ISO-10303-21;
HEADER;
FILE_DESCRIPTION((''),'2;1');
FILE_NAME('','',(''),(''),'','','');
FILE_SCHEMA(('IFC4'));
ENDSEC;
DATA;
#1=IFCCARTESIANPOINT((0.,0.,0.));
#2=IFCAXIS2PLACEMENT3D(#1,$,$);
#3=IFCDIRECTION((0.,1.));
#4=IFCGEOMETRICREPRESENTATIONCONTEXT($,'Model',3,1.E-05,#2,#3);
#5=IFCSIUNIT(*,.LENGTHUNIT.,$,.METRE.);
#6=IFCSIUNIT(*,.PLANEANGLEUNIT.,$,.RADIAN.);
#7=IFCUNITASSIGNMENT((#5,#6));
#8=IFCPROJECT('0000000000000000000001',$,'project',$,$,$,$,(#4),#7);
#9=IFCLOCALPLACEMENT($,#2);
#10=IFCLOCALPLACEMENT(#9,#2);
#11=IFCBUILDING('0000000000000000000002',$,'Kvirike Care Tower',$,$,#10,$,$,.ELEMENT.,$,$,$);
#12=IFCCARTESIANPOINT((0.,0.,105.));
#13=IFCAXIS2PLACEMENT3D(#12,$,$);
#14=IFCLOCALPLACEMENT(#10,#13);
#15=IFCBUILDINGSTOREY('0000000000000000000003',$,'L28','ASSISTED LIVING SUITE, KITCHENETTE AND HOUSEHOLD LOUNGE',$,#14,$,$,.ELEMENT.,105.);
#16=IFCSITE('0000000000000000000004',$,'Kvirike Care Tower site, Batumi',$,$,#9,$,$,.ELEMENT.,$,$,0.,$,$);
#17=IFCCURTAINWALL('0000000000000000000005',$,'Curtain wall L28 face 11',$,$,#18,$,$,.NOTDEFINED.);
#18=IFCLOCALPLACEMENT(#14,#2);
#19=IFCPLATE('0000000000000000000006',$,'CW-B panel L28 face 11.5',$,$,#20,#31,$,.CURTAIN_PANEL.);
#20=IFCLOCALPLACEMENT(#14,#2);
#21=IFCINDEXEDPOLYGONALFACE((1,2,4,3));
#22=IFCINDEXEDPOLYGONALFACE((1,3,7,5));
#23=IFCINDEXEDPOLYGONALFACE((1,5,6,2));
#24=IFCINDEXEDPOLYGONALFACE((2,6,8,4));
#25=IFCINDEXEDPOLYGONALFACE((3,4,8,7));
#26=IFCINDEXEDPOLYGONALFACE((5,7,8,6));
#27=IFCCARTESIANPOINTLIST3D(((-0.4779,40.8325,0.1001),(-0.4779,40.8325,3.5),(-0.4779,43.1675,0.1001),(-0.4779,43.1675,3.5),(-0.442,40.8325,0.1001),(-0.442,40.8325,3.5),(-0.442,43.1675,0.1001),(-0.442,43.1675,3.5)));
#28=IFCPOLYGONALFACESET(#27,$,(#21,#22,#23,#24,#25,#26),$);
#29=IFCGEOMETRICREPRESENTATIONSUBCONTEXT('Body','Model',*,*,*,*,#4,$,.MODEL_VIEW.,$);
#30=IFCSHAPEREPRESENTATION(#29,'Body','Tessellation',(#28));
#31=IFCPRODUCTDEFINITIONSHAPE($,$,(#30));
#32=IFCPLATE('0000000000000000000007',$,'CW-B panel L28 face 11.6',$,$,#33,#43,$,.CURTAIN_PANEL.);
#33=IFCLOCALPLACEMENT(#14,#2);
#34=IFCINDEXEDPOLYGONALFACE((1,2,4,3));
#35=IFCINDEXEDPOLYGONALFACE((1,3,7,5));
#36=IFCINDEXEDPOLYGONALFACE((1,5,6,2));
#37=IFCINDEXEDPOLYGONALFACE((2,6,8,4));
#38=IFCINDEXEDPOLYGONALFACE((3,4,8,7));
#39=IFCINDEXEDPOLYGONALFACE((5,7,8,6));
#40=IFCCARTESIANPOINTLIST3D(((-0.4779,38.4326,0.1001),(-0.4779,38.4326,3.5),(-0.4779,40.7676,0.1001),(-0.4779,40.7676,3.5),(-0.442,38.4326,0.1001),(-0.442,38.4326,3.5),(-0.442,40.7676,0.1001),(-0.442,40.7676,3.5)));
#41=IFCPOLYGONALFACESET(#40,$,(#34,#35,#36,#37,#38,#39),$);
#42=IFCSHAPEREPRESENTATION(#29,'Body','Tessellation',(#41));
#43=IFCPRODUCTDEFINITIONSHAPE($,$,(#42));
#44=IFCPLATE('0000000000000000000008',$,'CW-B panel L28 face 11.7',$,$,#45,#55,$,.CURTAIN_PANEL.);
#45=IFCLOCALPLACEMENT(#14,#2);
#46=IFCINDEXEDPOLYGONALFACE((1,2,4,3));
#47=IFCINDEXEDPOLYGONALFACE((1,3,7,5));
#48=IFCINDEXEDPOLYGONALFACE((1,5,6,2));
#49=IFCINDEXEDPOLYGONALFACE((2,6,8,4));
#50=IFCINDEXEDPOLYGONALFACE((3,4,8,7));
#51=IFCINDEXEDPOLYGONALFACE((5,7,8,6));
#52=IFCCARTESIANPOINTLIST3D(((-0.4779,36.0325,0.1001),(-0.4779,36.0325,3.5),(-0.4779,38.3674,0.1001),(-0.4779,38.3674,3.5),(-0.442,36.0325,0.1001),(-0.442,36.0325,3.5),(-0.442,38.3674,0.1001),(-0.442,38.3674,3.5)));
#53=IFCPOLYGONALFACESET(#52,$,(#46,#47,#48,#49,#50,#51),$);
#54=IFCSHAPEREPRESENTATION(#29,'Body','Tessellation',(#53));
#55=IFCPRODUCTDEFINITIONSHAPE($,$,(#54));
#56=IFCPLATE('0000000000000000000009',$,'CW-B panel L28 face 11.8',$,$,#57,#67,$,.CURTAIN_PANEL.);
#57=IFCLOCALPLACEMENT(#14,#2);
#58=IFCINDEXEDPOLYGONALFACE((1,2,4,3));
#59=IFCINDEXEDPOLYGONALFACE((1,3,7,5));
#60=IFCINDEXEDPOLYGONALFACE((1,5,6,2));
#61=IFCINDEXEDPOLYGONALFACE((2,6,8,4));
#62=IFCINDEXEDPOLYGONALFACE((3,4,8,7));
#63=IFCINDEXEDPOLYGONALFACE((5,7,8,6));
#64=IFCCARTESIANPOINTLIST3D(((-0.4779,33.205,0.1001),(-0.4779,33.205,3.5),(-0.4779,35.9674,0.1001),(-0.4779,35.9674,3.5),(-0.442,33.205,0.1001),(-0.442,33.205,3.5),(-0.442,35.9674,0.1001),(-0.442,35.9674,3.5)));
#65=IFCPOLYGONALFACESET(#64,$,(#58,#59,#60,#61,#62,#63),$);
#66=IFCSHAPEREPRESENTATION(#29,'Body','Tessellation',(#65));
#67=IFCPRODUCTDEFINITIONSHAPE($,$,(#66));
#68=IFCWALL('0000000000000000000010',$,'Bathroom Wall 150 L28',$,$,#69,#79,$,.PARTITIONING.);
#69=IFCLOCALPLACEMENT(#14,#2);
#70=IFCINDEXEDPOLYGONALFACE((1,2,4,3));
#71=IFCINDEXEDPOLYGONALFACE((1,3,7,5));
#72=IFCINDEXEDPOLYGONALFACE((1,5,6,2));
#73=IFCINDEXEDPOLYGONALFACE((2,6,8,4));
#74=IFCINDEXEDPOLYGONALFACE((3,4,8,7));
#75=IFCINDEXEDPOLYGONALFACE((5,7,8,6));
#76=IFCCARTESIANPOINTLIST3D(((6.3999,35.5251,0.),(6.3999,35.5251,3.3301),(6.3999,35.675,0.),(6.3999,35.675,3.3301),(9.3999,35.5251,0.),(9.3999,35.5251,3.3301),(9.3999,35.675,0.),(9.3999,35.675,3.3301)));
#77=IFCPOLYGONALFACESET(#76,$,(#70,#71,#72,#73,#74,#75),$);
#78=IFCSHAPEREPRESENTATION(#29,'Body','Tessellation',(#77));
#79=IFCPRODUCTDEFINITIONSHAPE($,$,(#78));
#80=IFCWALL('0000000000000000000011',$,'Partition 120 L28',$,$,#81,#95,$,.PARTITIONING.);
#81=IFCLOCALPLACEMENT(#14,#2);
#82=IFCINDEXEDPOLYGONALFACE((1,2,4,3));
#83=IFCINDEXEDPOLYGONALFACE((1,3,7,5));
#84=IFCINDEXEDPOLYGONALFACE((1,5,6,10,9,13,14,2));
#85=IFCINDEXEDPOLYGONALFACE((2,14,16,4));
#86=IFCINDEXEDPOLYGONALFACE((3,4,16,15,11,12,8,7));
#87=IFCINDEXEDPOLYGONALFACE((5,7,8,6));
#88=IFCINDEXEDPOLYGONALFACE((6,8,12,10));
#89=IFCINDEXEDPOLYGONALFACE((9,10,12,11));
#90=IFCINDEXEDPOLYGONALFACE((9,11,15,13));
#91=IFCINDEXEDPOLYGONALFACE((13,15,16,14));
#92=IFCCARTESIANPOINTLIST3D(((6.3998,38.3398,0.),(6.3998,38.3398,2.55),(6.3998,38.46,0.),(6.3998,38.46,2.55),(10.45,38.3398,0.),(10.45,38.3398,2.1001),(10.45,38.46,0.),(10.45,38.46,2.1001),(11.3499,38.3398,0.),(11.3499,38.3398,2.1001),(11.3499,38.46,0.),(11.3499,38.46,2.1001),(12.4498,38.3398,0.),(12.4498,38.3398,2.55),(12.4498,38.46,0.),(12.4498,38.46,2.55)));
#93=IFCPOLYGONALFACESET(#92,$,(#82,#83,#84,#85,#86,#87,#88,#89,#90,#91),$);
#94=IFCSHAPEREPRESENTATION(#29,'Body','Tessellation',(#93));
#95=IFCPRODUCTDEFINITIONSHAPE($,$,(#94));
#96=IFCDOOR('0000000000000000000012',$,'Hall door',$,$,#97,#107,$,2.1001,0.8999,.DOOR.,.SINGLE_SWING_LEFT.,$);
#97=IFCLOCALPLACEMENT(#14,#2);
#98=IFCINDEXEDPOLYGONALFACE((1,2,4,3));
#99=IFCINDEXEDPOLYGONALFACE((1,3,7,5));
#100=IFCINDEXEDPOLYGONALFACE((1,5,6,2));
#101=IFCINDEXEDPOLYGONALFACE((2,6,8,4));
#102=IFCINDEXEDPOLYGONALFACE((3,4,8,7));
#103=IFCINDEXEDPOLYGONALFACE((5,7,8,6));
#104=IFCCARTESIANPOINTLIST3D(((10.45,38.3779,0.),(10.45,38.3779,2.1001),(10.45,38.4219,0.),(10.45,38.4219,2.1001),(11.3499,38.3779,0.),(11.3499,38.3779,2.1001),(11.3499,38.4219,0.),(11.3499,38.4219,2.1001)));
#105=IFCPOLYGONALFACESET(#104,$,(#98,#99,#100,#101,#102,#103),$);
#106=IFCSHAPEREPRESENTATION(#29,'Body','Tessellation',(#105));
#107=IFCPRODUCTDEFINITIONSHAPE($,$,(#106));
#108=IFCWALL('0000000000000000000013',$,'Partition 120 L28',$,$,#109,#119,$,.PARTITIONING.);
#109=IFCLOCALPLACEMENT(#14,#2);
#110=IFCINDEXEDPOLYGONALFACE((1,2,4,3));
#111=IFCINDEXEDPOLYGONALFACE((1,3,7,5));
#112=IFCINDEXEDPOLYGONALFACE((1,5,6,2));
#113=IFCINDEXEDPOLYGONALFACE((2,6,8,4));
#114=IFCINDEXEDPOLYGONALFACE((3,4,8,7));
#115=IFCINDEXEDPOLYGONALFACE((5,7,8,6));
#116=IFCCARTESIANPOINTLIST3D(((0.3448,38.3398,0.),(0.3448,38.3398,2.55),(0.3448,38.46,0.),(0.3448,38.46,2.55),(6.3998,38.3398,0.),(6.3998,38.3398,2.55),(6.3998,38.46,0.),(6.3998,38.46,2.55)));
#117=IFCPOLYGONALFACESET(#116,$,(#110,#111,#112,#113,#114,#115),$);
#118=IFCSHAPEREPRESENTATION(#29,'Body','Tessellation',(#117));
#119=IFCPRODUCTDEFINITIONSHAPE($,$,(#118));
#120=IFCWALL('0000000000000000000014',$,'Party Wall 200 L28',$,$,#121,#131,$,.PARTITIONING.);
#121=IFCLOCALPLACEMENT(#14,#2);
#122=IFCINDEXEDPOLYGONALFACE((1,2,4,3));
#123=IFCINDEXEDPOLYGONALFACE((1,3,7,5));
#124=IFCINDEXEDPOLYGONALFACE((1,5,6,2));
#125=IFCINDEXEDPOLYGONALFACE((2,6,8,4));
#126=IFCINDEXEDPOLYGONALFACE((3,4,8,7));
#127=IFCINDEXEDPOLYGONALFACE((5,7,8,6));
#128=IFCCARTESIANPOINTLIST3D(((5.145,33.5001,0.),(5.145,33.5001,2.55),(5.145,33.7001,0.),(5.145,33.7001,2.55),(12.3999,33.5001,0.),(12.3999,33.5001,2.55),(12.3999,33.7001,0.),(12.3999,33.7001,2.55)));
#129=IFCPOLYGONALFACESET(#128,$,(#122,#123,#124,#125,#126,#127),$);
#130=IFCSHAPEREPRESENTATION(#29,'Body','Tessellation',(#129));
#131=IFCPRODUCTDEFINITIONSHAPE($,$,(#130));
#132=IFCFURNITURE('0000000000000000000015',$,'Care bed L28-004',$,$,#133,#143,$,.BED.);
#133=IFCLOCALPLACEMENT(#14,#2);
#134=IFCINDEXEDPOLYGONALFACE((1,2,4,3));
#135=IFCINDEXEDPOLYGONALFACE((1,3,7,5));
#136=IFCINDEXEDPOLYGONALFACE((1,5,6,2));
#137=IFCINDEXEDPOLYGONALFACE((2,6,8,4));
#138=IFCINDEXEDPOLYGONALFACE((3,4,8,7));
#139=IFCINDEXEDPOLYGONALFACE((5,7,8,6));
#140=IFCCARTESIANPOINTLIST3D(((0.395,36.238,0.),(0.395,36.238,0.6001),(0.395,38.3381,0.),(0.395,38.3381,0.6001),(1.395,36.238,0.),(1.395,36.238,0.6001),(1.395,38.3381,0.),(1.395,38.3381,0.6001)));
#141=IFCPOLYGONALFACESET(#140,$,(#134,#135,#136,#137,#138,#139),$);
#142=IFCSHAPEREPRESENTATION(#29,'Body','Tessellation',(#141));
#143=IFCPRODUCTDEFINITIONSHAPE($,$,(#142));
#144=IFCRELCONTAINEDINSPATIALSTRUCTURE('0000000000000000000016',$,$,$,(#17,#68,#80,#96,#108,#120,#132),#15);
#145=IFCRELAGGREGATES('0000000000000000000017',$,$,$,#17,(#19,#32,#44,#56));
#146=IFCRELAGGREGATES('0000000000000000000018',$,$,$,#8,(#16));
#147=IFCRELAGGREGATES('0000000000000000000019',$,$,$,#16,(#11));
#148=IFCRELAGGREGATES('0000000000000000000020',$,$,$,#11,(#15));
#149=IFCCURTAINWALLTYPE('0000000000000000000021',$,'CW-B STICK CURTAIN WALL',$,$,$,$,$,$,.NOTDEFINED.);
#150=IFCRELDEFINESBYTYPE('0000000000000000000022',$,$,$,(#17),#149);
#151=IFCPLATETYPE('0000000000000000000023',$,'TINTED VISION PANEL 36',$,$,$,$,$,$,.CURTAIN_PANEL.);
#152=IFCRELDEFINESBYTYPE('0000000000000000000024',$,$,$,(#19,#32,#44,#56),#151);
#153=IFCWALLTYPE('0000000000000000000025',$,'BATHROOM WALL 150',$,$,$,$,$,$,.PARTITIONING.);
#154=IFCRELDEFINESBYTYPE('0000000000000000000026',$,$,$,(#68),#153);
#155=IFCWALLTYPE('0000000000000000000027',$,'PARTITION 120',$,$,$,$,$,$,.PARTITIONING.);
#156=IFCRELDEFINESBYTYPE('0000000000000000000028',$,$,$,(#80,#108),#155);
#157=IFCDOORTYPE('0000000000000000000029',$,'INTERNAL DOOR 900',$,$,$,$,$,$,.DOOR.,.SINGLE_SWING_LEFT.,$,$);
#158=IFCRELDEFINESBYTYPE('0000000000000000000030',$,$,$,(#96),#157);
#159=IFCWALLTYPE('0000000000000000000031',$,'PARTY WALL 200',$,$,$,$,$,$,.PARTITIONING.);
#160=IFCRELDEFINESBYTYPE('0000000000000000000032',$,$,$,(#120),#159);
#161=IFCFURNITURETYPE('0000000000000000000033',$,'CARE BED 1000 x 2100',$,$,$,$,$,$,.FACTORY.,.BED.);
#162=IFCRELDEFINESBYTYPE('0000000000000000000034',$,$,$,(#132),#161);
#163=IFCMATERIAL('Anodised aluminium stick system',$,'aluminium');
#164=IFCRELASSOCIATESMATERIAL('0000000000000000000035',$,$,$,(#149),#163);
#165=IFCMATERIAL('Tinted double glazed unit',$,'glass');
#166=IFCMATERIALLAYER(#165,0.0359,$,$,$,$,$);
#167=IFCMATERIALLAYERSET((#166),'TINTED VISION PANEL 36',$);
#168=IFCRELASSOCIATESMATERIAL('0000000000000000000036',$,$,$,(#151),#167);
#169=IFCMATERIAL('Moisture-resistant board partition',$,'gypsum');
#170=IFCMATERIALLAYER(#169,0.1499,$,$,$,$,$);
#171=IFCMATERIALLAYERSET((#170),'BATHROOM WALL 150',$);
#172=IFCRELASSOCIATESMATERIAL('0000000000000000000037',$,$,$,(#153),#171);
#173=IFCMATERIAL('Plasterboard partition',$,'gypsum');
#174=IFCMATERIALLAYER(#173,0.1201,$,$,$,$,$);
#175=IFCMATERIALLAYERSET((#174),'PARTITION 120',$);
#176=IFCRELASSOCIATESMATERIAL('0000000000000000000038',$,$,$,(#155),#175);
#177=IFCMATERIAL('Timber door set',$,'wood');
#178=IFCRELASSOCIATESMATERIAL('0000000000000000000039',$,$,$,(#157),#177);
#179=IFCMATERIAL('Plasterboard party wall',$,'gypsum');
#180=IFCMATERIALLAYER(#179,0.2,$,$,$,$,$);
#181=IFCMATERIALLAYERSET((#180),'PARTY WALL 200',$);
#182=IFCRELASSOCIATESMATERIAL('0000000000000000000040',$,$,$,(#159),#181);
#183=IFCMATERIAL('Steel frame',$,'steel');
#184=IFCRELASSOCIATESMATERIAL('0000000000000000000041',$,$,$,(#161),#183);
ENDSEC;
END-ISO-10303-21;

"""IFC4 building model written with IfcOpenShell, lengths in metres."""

from ifc_helpers import new_model, si_unit, direction, frame, frame_2d, origin, origin_2d, place, context, subcontext, project, spatial, rectangle, extrude, material, layer, layer_set, type_object, element, fill, aggregate, save


model = new_model("IFC4")

# Units and contexts
model_context = context("Model", 3, precision=1e-05, world=origin(), true_north=direction((0.0, 1.0)))
body_context = subcontext(model_context, "Body", "Model", "MODEL_VIEW")
ifc_project = project(units=[si_unit("LENGTHUNIT", "METRE"), si_unit("PLANEANGLEUNIT", "RADIAN")], contexts=[model_context])

# Site, building, storey
site_placement = place(None, origin())
site = spatial("IfcSite", under=ifc_project, at=site_placement, Name="Kvirike Care Tower site, Batumi", CompositionType="ELEMENT", RefElevation=0.0)
building_placement = place(site_placement, origin())
building = spatial("IfcBuilding", under=site, at=building_placement, Name="Kvirike Care Tower", CompositionType="ELEMENT")
storey_placement = place(building_placement, frame((0.0, 0.0, 105.0)))
storey = spatial("IfcBuildingStorey", under=building, at=storey_placement, Name="L28", Description="ASSISTED LIVING SUITE, KITCHENETTE AND HOUSEHOLD LOUNGE", CompositionType="ELEMENT", Elevation=105.0)

# Curtain wall
ifc_material_1 = material(Name="Anodised aluminium stick system", Category="aluminium")
curtain_wall_type = type_object("IfcCurtainWallType", Name="CW-B STICK CURTAIN WALL", PredefinedType="NOTDEFINED", material=ifc_material_1)
curtain_wall_placement = place(storey_placement, origin())
curtain_wall = element("IfcCurtainWall", 1, at=curtain_wall_placement, inside=storey, type_object=curtain_wall_type, Name="Curtain wall L28 face 11", PredefinedType="NOTDEFINED")

# Plates
ifc_material_2 = material(Name="Tinted double glazed unit", Category="glass")
ifc_layer_1 = layer(ifc_material_2, 0.0359)
ifc_layer_set_1 = layer_set([ifc_layer_1], Name="TINTED VISION PANEL 36")
plate_type = type_object("IfcPlateType", Name="TINTED VISION PANEL 36", PredefinedType="CURTAIN_PANEL", material=ifc_layer_set_1)
plate_1_placement = place(storey_placement, frame((-0.46, 42.0, 0.1001), z_axis=(0.0, 0.0, 1.0), x_axis=(0.0, -1.0, 0.0)))
plate_1 = element("IfcPlate", 2, at=plate_1_placement, type_object=plate_type, Name="CW-B panel L28 face 11.5", PredefinedType="CURTAIN_PANEL", context=body_context, shape_type="SweptSolid", body=[
    extrude(rectangle(XDim=2.335, YDim=0.0359, at=origin_2d()), origin(), (0.0, 0.0, 1.0), 3.3999),
])
plate_2_placement = place(storey_placement, frame((-0.46, 39.6001, 0.1001), z_axis=(0.0, 0.0, 1.0), x_axis=(0.0, -1.0, 0.0)))
plate_2 = element("IfcPlate", 3, at=plate_2_placement, type_object=plate_type, Name="CW-B panel L28 face 11.6", PredefinedType="CURTAIN_PANEL", context=body_context, shape_type="SweptSolid", body=[
    extrude(rectangle(XDim=2.335, YDim=0.0359, at=origin_2d()), origin(), (0.0, 0.0, 1.0), 3.3999),
])
plate_3_placement = place(storey_placement, frame((-0.46, 37.2, 0.1001), z_axis=(0.0, 0.0, 1.0), x_axis=(0.0, -1.0, 0.0)))
plate_3 = element("IfcPlate", 4, at=plate_3_placement, type_object=plate_type, Name="CW-B panel L28 face 11.7", PredefinedType="CURTAIN_PANEL", context=body_context, shape_type="SweptSolid", body=[
    extrude(rectangle(XDim=2.335, YDim=0.0359, at=origin_2d()), origin(), (0.0, 0.0, 1.0), 3.3999),
])
plate_4_placement = place(storey_placement, frame((-0.46, 34.5862, 0.1001), z_axis=(0.0, 0.0, 1.0), x_axis=(0.0, -1.0, 0.0)))
plate_4 = element("IfcPlate", 5, at=plate_4_placement, type_object=plate_type, Name="CW-B panel L28 face 11.8", PredefinedType="CURTAIN_PANEL", context=body_context, shape_type="SweptSolid", body=[
    extrude(rectangle(XDim=2.7625, YDim=0.0359, at=origin_2d()), origin(), (0.0, 0.0, 1.0), 3.3999),
])
aggregate(curtain_wall, [plate_1, plate_2, plate_3, plate_4])

# Wall
ifc_material_3 = material(Name="Moisture-resistant board partition", Category="gypsum")
ifc_layer_2 = layer(ifc_material_3, 0.1499)
ifc_layer_set_2 = layer_set([ifc_layer_2], Name="BATHROOM WALL 150")
wall_type_1 = type_object("IfcWallType", Name="BATHROOM WALL 150", PredefinedType="PARTITIONING", material=ifc_layer_set_2)
wall_1_placement = place(storey_placement, frame((6.3999, 35.6001, 0.0), z_axis=(0.0, 0.0, 1.0), x_axis=(1.0, 0.0, 0.0)))
element("IfcWall", 6, at=wall_1_placement, inside=storey, type_object=wall_type_1, Name="Bathroom Wall 150 L28", PredefinedType="PARTITIONING", context=body_context, shape_type="SweptSolid", body=[
    extrude(rectangle(XDim=3.0, YDim=0.1499, at=frame_2d((1.5, 0.0))), origin(), (0.0, 0.0, 1.0), 3.3301),
])

# Wall, opening, door
ifc_material_4 = material(Name="Plasterboard partition", Category="gypsum")
ifc_layer_3 = layer(ifc_material_4, 0.1201)
ifc_layer_set_3 = layer_set([ifc_layer_3], Name="PARTITION 120")
wall_type_2 = type_object("IfcWallType", Name="PARTITION 120", PredefinedType="PARTITIONING", material=ifc_layer_set_3)
wall_2_placement = place(storey_placement, frame((6.3999, 38.3999, 0.0), z_axis=(0.0, 0.0, 1.0), x_axis=(1.0, 0.0, 0.0)))
wall_2 = element("IfcWall", 7, at=wall_2_placement, inside=storey, type_object=wall_type_2, Name="Partition 120 L28", PredefinedType="PARTITIONING", context=body_context, shape_type="SweptSolid", body=[
    extrude(rectangle(XDim=6.05, YDim=0.1201, at=frame_2d((3.0249, 0.0))), origin(), (0.0, 0.0, 1.0), 2.55),
])
opening_placement = place(wall_2_placement, frame((4.05, 0.0, 0.0)))
opening = element("IfcOpeningElement", 8, at=opening_placement, cuts=wall_2, PredefinedType="OPENING", context=body_context, shape_type="SweptSolid", body=[
    extrude(rectangle(XDim=0.8999, YDim=2.1001, at=frame_2d((0.45, 1.05))), frame((0.0, 0.0706, 0.0), z_axis=(0.0, -1.0, 0.0), x_axis=(1.0, 0.0, 0.0)), (0.0, 0.0, 1.0), 0.1411),
])
ifc_material_5 = material(Name="Timber door set", Category="wood")
door_type = type_object("IfcDoorType", Name="INTERNAL DOOR 900", OperationType="SINGLE_SWING_LEFT", PredefinedType="DOOR", material=ifc_material_5)
door_placement = place(opening_placement, origin())
door = element("IfcDoor", 9, at=door_placement, inside=storey, type_object=door_type, Name="Hall door", OperationType="SINGLE_SWING_LEFT", OverallHeight=2.1001, OverallWidth=0.8999, PredefinedType="DOOR", context=body_context, shape_type="SweptSolid", body=[
    extrude(rectangle(XDim=0.8999, YDim=2.1001, at=frame_2d((0.45, 1.05))), frame((0.0, 0.022, 0.0), z_axis=(0.0, -1.0, 0.0), x_axis=(1.0, 0.0, 0.0)), (0.0, 0.0, 1.0), 0.0439),
])
fill(opening, door)

# Walls
wall_3_placement = place(storey_placement, frame((0.345, 38.3999, 0.0), z_axis=(0.0, 0.0, 1.0), x_axis=(1.0, 0.0, 0.0)))
element("IfcWall", 10, at=wall_3_placement, inside=storey, type_object=wall_type_2, Name="Partition 120 L28", PredefinedType="PARTITIONING", context=body_context, shape_type="SweptSolid", body=[
    extrude(rectangle(XDim=6.0549, YDim=0.1201, at=frame_2d((3.0273, 0.0))), origin(), (0.0, 0.0, 1.0), 2.55),
])
ifc_material_6 = material(Name="Plasterboard party wall", Category="gypsum")
ifc_layer_4 = layer(ifc_material_6, 0.2)
ifc_layer_set_4 = layer_set([ifc_layer_4], Name="PARTY WALL 200")
wall_type_3 = type_object("IfcWallType", Name="PARTY WALL 200", PredefinedType="PARTITIONING", material=ifc_layer_set_4)
wall_4_placement = place(storey_placement, frame((5.145, 33.6001, 0.0), z_axis=(0.0, 0.0, 1.0), x_axis=(1.0, 0.0, 0.0)))
element("IfcWall", 11, at=wall_4_placement, inside=storey, type_object=wall_type_3, Name="Party Wall 200 L28", PredefinedType="PARTITIONING", context=body_context, shape_type="SweptSolid", body=[
    extrude(rectangle(XDim=7.2549, YDim=0.2, at=frame_2d((3.6274, 0.0))), origin(), (0.0, 0.0, 1.0), 2.55),
])

# Furniture
ifc_material_7 = material(Name="Steel frame", Category="steel")
furniture_type = type_object("IfcFurnitureType", Name="CARE BED 1000 x 2100", AssemblyPlace="FACTORY", PredefinedType="BED", material=ifc_material_7)
furniture_placement = place(storey_placement, frame((0.895, 37.2881, 0.0), z_axis=(0.0, 0.0, 1.0), x_axis=(1.0, 0.0, 0.0)))
element("IfcFurniture", 12, at=furniture_placement, inside=storey, type_object=furniture_type, Name="Care bed L28-004", PredefinedType="BED", context=body_context, shape_type="SweptSolid", body=[
    extrude(rectangle(XDim=1.0, YDim=2.1001, at=origin_2d()), origin(), (0.0, 0.0, 1.0), 0.6001),
])

save(model, "model.ifc")
